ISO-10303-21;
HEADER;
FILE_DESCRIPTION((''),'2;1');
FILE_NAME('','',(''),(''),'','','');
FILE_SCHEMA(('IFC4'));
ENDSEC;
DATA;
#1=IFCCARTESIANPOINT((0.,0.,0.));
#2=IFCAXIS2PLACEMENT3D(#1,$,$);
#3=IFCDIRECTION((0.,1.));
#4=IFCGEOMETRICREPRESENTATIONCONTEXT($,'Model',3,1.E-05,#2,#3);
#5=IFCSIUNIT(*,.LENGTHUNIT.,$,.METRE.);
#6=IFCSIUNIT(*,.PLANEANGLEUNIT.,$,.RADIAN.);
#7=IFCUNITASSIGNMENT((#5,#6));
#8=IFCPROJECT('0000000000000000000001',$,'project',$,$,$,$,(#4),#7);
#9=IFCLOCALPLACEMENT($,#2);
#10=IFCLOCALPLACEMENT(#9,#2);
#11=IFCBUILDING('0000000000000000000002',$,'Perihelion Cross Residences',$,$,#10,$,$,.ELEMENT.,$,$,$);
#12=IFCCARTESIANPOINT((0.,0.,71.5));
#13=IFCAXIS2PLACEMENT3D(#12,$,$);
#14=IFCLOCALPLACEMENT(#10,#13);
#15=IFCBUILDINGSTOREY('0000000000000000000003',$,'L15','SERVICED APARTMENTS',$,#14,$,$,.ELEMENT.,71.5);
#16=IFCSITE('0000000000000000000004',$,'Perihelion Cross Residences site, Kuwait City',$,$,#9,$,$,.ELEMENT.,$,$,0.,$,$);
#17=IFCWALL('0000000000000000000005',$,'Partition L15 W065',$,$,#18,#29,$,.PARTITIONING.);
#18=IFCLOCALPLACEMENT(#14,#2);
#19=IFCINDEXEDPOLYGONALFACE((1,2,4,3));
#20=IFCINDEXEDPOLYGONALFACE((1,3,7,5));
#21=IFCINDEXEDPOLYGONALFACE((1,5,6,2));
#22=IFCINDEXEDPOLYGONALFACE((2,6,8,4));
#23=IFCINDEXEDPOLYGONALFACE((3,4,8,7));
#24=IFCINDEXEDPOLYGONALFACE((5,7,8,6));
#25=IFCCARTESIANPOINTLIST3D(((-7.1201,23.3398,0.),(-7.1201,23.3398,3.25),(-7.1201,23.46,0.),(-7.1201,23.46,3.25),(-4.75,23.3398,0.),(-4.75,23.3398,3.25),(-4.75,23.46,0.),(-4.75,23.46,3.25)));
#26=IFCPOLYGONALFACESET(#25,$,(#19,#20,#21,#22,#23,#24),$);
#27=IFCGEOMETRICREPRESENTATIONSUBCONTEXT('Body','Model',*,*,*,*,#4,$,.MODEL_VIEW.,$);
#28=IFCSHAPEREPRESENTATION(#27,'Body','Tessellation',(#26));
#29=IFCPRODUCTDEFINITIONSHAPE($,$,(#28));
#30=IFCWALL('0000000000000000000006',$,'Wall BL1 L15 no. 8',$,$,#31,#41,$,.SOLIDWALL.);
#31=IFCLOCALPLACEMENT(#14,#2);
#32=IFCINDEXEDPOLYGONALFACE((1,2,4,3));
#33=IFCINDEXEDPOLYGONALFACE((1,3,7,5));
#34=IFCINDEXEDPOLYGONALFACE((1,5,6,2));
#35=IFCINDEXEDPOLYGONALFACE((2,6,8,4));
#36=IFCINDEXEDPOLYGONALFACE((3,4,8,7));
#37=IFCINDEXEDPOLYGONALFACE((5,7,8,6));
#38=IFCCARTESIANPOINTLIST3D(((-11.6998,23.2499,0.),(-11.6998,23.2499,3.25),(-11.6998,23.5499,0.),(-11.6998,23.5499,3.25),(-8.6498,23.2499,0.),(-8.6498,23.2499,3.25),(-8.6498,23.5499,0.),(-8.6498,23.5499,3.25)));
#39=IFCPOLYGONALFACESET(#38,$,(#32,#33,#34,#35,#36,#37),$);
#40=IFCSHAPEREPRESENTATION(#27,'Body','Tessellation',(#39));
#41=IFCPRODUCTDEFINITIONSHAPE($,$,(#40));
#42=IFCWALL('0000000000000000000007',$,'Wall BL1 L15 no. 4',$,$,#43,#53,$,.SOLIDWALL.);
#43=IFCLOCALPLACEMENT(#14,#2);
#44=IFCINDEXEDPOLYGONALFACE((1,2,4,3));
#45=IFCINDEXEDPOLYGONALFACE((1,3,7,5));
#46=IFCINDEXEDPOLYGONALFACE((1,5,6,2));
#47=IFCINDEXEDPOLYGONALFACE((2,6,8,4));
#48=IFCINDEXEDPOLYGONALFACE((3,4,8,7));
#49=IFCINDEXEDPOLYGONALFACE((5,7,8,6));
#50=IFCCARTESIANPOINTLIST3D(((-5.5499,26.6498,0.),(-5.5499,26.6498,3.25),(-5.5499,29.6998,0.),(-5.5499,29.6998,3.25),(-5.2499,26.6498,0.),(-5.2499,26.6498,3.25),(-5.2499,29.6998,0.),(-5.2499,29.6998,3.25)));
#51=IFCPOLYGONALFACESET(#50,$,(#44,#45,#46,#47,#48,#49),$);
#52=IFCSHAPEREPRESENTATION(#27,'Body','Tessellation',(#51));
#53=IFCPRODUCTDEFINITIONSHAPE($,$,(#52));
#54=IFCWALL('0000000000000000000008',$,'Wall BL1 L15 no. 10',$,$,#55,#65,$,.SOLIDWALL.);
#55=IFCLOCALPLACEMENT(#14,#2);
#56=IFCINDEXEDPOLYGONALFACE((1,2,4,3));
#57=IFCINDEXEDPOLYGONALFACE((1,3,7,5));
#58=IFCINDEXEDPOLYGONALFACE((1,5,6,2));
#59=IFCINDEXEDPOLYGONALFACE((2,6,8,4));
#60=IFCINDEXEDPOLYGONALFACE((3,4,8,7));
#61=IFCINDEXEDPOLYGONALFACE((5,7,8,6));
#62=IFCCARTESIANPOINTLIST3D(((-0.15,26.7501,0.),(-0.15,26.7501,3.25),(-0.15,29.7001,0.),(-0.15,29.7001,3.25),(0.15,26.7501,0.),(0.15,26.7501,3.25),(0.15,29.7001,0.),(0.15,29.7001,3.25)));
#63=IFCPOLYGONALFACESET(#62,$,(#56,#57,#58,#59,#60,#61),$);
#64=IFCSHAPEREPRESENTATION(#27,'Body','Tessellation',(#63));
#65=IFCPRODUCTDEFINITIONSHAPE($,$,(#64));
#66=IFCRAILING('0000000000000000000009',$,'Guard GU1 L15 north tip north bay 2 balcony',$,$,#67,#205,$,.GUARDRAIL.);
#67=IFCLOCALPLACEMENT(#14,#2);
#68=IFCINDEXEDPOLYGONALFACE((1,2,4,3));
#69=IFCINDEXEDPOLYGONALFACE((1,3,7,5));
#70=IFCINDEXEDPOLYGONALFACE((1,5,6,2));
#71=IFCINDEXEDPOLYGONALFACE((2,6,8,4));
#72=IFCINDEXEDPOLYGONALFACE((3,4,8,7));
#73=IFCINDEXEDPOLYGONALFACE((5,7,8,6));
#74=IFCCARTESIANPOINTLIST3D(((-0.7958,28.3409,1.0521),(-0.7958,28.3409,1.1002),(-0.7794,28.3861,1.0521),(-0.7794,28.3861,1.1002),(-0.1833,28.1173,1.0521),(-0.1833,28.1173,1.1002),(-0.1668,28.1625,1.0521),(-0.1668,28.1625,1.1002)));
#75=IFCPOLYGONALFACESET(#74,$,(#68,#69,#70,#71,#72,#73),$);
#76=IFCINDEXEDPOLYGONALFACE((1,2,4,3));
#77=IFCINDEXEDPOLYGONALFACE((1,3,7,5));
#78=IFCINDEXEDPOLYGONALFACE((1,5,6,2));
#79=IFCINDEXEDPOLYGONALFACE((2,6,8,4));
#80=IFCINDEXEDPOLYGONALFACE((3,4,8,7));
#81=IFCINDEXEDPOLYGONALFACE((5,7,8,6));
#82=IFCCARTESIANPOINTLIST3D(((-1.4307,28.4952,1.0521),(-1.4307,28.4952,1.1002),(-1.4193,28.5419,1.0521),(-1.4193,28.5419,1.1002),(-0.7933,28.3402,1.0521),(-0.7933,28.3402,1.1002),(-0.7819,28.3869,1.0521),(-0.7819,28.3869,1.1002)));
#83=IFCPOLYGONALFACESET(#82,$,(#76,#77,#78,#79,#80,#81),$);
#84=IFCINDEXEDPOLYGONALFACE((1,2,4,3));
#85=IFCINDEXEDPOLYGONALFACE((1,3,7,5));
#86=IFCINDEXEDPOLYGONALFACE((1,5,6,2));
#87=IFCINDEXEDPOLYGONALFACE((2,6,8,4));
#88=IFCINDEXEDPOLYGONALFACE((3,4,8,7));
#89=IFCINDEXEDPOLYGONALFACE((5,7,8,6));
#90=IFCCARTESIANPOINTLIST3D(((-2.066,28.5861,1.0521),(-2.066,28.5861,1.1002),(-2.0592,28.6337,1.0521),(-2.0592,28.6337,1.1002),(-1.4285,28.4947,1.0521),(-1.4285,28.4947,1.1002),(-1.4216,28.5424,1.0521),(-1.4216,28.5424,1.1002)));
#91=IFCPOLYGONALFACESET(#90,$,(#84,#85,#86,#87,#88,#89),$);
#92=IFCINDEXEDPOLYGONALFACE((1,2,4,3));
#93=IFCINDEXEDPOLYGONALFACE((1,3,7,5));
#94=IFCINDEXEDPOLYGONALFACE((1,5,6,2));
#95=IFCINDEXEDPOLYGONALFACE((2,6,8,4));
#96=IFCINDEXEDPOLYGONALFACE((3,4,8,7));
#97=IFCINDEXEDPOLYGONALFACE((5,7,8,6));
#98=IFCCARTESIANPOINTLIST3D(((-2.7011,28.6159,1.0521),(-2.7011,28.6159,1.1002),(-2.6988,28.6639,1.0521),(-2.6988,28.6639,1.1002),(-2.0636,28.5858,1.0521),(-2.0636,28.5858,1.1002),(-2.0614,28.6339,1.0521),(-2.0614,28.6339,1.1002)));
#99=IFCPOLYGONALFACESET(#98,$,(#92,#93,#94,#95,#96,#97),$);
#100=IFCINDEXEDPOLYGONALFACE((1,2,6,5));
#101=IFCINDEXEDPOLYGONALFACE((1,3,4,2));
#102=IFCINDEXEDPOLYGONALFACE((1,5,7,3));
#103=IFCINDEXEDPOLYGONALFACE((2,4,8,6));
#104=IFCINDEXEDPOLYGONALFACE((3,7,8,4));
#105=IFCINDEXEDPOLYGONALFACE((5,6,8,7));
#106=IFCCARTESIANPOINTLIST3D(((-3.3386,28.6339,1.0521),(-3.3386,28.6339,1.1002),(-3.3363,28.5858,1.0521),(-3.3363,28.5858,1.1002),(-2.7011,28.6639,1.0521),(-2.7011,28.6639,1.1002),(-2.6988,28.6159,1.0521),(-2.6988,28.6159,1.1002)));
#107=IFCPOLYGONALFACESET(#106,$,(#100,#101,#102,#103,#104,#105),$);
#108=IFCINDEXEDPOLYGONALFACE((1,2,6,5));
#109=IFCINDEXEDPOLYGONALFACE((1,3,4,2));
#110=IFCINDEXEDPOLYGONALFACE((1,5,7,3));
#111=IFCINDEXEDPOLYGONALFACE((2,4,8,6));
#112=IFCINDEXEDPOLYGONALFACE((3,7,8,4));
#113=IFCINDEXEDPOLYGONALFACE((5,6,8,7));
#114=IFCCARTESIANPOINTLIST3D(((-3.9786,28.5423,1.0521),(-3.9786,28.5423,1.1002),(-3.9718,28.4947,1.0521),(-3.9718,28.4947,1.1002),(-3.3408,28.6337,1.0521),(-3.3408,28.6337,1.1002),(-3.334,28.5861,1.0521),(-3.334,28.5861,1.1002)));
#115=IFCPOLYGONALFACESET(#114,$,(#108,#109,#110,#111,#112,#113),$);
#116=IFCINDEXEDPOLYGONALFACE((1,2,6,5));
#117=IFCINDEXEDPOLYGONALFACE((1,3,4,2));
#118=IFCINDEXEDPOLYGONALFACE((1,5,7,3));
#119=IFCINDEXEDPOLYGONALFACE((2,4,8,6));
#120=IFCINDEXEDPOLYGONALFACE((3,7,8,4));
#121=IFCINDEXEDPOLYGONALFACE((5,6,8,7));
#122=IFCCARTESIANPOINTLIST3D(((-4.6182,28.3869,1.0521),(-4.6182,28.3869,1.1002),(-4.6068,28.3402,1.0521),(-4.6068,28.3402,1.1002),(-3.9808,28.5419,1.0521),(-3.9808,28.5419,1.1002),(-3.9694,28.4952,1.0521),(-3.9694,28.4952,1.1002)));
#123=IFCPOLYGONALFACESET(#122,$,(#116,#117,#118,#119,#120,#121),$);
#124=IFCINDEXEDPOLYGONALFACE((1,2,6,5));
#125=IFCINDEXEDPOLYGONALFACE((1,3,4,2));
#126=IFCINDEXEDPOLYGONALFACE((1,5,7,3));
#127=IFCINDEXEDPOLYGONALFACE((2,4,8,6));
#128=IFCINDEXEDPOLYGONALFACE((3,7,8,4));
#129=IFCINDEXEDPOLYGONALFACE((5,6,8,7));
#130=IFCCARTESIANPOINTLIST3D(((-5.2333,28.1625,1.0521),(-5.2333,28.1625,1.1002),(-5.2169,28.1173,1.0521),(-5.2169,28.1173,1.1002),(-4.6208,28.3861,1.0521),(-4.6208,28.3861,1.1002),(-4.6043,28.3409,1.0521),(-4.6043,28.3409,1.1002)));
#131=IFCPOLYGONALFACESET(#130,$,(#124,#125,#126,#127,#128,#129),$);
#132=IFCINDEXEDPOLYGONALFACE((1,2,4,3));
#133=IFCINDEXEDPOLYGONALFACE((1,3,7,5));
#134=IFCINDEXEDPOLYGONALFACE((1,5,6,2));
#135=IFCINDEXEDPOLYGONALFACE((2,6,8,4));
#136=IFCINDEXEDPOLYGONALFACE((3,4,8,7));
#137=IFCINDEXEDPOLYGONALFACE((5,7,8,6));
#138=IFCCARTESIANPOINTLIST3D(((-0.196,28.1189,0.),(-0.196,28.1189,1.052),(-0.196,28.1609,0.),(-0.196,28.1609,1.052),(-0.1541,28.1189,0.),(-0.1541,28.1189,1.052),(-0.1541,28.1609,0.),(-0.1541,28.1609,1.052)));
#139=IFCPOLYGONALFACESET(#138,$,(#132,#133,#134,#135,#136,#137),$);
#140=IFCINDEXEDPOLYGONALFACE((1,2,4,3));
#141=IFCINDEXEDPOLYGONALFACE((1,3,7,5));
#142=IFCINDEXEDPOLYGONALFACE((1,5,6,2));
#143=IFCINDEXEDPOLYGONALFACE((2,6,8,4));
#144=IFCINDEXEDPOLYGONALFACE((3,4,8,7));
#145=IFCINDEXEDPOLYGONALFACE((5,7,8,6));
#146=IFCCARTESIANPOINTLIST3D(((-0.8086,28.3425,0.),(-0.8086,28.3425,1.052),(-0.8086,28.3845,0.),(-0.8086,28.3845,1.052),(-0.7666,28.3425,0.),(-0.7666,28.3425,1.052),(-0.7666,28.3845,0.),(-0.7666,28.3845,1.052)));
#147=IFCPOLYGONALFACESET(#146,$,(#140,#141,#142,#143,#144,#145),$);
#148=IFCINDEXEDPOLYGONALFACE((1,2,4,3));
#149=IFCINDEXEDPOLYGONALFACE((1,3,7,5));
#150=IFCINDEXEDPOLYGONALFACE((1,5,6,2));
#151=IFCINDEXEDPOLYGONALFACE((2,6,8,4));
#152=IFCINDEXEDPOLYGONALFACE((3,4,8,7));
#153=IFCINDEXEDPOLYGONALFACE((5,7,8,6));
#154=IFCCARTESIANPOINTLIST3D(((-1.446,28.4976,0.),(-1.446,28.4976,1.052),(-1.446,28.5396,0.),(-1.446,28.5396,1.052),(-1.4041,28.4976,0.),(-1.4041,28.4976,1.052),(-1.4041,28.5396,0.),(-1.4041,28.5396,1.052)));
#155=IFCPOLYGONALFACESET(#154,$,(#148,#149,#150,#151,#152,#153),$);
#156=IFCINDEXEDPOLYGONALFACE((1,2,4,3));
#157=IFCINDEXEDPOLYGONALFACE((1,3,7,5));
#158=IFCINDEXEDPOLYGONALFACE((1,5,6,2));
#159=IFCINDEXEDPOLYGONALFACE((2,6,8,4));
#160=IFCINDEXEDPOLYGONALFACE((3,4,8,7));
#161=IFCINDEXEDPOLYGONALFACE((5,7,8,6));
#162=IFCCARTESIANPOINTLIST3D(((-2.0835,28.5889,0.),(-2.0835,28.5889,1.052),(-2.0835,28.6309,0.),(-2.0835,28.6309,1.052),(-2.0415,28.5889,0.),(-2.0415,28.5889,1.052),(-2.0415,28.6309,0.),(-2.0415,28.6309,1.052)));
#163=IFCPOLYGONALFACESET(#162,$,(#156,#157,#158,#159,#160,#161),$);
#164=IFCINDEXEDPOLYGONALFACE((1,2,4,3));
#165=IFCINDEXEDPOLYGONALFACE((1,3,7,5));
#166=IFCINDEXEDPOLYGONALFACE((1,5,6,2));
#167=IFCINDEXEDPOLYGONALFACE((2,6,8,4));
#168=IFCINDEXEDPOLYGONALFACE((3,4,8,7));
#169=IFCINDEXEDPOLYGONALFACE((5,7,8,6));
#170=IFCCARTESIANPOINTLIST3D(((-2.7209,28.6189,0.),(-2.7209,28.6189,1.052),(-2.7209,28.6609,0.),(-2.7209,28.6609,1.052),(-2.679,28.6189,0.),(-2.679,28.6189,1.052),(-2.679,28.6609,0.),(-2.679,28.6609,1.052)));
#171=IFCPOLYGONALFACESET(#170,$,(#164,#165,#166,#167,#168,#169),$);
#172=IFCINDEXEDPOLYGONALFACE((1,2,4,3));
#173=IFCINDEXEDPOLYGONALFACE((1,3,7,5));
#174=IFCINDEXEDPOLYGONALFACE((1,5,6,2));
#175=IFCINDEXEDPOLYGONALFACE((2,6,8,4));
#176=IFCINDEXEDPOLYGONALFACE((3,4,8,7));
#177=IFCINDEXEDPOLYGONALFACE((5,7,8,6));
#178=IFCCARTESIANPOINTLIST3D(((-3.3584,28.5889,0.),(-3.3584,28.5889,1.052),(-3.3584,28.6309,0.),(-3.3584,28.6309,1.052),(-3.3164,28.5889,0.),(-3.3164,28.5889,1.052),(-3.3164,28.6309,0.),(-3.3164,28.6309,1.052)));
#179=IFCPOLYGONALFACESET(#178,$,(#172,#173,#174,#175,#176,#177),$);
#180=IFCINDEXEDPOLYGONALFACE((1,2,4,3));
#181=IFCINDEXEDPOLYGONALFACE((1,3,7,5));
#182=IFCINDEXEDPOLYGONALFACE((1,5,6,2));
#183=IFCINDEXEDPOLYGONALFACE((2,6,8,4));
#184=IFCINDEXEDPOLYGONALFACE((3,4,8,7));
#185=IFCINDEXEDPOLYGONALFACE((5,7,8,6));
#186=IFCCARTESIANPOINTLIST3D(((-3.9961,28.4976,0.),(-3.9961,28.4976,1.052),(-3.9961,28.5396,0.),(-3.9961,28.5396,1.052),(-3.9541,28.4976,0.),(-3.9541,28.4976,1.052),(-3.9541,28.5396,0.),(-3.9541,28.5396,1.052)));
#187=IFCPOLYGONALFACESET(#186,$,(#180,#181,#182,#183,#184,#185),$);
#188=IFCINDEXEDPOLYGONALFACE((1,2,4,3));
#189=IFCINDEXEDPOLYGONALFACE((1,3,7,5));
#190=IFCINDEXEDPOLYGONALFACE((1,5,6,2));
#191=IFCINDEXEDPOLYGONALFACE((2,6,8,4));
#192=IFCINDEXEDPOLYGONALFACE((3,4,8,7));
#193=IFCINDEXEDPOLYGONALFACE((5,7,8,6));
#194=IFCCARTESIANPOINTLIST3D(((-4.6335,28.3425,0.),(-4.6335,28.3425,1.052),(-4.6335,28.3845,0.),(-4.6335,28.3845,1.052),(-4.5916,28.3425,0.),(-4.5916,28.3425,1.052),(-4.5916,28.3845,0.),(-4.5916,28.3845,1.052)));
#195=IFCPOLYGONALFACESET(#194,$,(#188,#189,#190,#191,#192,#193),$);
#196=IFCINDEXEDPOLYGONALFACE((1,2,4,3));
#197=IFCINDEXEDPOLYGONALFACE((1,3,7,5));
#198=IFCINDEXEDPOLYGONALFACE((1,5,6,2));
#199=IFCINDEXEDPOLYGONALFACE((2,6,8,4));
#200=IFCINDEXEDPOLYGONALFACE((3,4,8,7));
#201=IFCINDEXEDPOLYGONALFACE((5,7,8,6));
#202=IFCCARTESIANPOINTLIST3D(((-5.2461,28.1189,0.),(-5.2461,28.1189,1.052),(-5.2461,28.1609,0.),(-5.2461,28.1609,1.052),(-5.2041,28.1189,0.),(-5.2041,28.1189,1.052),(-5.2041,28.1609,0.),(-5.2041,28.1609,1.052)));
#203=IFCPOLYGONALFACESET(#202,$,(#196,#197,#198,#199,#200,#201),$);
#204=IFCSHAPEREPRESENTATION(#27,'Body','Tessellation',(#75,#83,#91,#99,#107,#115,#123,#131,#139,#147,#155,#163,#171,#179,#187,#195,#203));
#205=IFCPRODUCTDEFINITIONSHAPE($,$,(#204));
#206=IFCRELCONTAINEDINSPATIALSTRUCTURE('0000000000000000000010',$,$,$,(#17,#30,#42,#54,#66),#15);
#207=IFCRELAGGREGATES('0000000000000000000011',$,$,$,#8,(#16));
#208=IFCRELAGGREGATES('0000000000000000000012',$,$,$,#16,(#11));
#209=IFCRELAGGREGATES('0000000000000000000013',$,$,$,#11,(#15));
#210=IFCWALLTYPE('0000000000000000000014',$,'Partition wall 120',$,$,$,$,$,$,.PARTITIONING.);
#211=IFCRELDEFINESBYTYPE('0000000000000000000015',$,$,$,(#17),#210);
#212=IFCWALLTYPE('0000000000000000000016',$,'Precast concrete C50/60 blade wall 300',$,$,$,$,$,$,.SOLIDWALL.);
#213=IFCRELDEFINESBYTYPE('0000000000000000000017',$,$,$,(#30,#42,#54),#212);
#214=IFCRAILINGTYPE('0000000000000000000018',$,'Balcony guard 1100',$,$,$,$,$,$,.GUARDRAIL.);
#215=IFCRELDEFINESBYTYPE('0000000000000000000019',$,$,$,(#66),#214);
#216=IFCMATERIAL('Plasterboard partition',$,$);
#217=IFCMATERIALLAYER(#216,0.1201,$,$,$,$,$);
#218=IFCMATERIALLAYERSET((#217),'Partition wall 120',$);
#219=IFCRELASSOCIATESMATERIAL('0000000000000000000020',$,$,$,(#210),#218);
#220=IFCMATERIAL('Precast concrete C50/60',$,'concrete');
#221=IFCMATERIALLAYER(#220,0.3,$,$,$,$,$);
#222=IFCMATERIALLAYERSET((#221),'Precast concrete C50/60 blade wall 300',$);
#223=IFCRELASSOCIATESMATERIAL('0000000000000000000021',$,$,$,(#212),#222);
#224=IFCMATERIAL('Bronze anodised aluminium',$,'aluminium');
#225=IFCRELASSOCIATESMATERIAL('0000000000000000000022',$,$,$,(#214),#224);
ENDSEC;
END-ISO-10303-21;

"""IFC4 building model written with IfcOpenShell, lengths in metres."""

from ifc_helpers import new_model, si_unit, direction, frame, frame_2d, origin, origin_2d, place, context, subcontext, project, spatial, rectangle, extrude, material, layer, layer_set, type_object, element, save


model = new_model("IFC4")

# Units and contexts
model_context = context("Model", 3, precision=1e-05, world=origin(), true_north=direction((0.0, 1.0)))
body_context = subcontext(model_context, "Body", "Model", "MODEL_VIEW")
ifc_project = project(units=[si_unit("LENGTHUNIT", "METRE"), si_unit("PLANEANGLEUNIT", "RADIAN")], contexts=[model_context])

# Site, building, storey
site_placement = place(None, origin())
site = spatial("IfcSite", under=ifc_project, at=site_placement, Name="Perihelion Cross Residences site, Kuwait City", CompositionType="ELEMENT", RefElevation=0.0)
building_placement = place(site_placement, origin())
building = spatial("IfcBuilding", under=site, at=building_placement, Name="Perihelion Cross Residences", CompositionType="ELEMENT")
storey_placement = place(building_placement, frame((0.0, 0.0, 71.5)))
storey = spatial("IfcBuildingStorey", under=building, at=storey_placement, Name="L15", Description="SERVICED APARTMENTS", CompositionType="ELEMENT", Elevation=71.5)

# Shared definitions
ifc_material_1 = material(Name="Plasterboard partition")
ifc_layer_1 = layer(ifc_material_1, 0.1201)
ifc_layer_set_1 = layer_set([ifc_layer_1], Name="Partition wall 120")
wall_type_1 = type_object("IfcWallType", Name="Partition wall 120", PredefinedType="PARTITIONING", material=ifc_layer_set_1)

# Walls
wall_1_placement = place(storey_placement, frame((-7.1201, 23.3999, 0.0), z_axis=(0.0, 0.0, 1.0), x_axis=(1.0, 0.0, 0.0)))
element("IfcWall", 1, at=wall_1_placement, inside=storey, type_object=wall_type_1, Name="Partition L15 W065", PredefinedType="PARTITIONING", context=body_context, shape_type="SweptSolid", body=[
    extrude(rectangle(XDim=2.3701, YDim=0.1201, at=frame_2d((1.1851, 0.0))), origin(), (0.0, 0.0, 1.0), 3.25),
])
ifc_material_2 = material(Name="Precast concrete C50/60", Category="concrete")
ifc_layer_2 = layer(ifc_material_2, 0.3)
ifc_layer_set_2 = layer_set([ifc_layer_2], Name="Precast concrete C50/60 blade wall 300")
wall_type_2 = type_object("IfcWallType", Name="Precast concrete C50/60 blade wall 300", PredefinedType="SOLIDWALL", material=ifc_layer_set_2)
for number, where, z_axis, x_axis, name in (
    (2, (-8.6499, 23.3999, 0.0), (0.0, 0.0, 1.0), (-1.0, 0.0, 0.0), "Wall BL1 L15 no. 8"),
    (3, (-5.3999, 26.6499, 0.0), (0.0, 0.0, 1.0), (0.0, 1.0, 0.0), "Wall BL1 L15 no. 4"),
):
    element("IfcWall", number, at=place(storey_placement, frame(where, z_axis=z_axis, x_axis=x_axis)), inside=storey, type_object=wall_type_2, Name=name, PredefinedType="SOLIDWALL", context=body_context, shape_type="SweptSolid", body=[
        extrude(rectangle(XDim=3.05, YDim=0.3, at=frame_2d((1.5249, 0.0))), origin(), (0.0, 0.0, 1.0), 3.25),
    ])
wall_2_placement = place(storey_placement, frame((0.0, 26.75, 0.0), z_axis=(0.0, 0.0, 1.0), x_axis=(0.0, 1.0, 0.0)))
element("IfcWall", 4, at=wall_2_placement, inside=storey, type_object=wall_type_2, Name="Wall BL1 L15 no. 10", PredefinedType="SOLIDWALL", context=body_context, shape_type="SweptSolid", body=[
    extrude(rectangle(XDim=2.95, YDim=0.3, at=frame_2d((1.4751, 0.0))), origin(), (0.0, 0.0, 1.0), 3.25),
])

# Railing
ifc_material_3 = material(Name="Bronze anodised aluminium", Category="aluminium")
railing_type = type_object("IfcRailingType", Name="Balcony guard 1100", PredefinedType="GUARDRAIL", material=ifc_material_3)
railing_placement = place(storey_placement, frame((-0.175, 28.1399, 0.0)))
element("IfcRailing", 5, at=railing_placement, inside=storey, type_object=railing_type, Name="Guard GU1 L15 north tip north bay 2 balcony", PredefinedType="GUARDRAIL", context=body_context, shape_type="SweptSolid", body=[
    extrude(rectangle(XDim=0.0481, YDim=0.0481, at=origin_2d()), frame((0.0, 0.0, 1.0762), z_axis=(-0.939355, 0.342945, 0.0), x_axis=(-0.342945, -0.939355, 0.0)), (0.0, 0.0, 1.0), 0.6521),
    extrude(rectangle(XDim=0.0481, YDim=0.0481, at=origin_2d()), frame((-0.6125, 0.2236, 1.0762), z_axis=(-0.971677, 0.236314, 0.0), x_axis=(-0.236314, -0.971677, 0.0)), (0.0, 0.0, 1.0), 0.656),
    extrude(rectangle(XDim=0.0481, YDim=0.0481, at=origin_2d()), frame((-1.25, 0.3787, 1.0762), z_axis=(-0.989896, 0.141793, 0.0), x_axis=(-0.141793, -0.989896, 0.0)), (0.0, 0.0, 1.0), 0.644),
    extrude(rectangle(XDim=0.0481, YDim=0.0481, at=origin_2d()), frame((-1.8875, 0.47, 1.0762), z_axis=(-0.998892, 0.047056, 0.0), x_axis=(-0.047056, -0.998892, 0.0)), (0.0, 0.0, 1.0), 0.6382),
    extrude(rectangle(XDim=0.0481, YDim=0.0481, at=origin_2d()), frame((-2.5249, 0.5, 1.0762), z_axis=(-0.998892, -0.047056, 0.0), x_axis=(0.047056, -0.998892, 0.0)), (0.0, 0.0, 1.0), 0.6382),
    extrude(rectangle(XDim=0.0481, YDim=0.0481, at=origin_2d()), frame((-3.1624, 0.47, 1.0762), z_axis=(-0.989904, -0.14174, 0.0), x_axis=(0.14174, -0.989904, 0.0)), (0.0, 0.0, 1.0), 0.6443),
    extrude(rectangle(XDim=0.0481, YDim=0.0481, at=origin_2d()), frame((-3.8, 0.3787, 1.0762), z_axis=(-0.971677, -0.236314, 0.0), x_axis=(0.236314, -0.971677, 0.0)), (0.0, 0.0, 1.0), 0.656),
    extrude(rectangle(XDim=0.0481, YDim=0.0481, at=origin_2d()), frame((-4.4375, 0.2236, 1.0762), z_axis=(-0.939355, -0.342945, 0.0), x_axis=(0.342945, -0.939355, 0.0)), (0.0, 0.0, 1.0), 0.6521),
    extrude(rectangle(XDim=0.042, YDim=0.042, at=origin_2d()), origin(), (0.0, 0.0, 1.0), 1.052),
    extrude(rectangle(XDim=0.042, YDim=0.042, at=origin_2d()), frame((-0.6125, 0.2236, 0.0)), (0.0, 0.0, 1.0), 1.052),
    extrude(rectangle(XDim=0.042, YDim=0.042, at=origin_2d()), frame((-1.25, 0.3787, 0.0)), (0.0, 0.0, 1.0), 1.052),
    extrude(rectangle(XDim=0.042, YDim=0.042, at=origin_2d()), frame((-1.8875, 0.47, 0.0)), (0.0, 0.0, 1.0), 1.052),
    extrude(rectangle(XDim=0.042, YDim=0.042, at=origin_2d()), frame((-2.5249, 0.5, 0.0)), (0.0, 0.0, 1.0), 1.052),
    extrude(rectangle(XDim=0.042, YDim=0.042, at=origin_2d()), frame((-3.1624, 0.47, 0.0)), (0.0, 0.0, 1.0), 1.052),
    extrude(rectangle(XDim=0.042, YDim=0.042, at=origin_2d()), frame((-3.8, 0.3787, 0.0)), (0.0, 0.0, 1.0), 1.052),
    extrude(rectangle(XDim=0.042, YDim=0.042, at=origin_2d()), frame((-4.4375, 0.2236, 0.0)), (0.0, 0.0, 1.0), 1.052),
    extrude(rectangle(XDim=0.042, YDim=0.042, at=origin_2d()), frame((-5.05, 0.0, 0.0)), (0.0, 0.0, 1.0), 1.052),
])

save(model, "model.ifc")
